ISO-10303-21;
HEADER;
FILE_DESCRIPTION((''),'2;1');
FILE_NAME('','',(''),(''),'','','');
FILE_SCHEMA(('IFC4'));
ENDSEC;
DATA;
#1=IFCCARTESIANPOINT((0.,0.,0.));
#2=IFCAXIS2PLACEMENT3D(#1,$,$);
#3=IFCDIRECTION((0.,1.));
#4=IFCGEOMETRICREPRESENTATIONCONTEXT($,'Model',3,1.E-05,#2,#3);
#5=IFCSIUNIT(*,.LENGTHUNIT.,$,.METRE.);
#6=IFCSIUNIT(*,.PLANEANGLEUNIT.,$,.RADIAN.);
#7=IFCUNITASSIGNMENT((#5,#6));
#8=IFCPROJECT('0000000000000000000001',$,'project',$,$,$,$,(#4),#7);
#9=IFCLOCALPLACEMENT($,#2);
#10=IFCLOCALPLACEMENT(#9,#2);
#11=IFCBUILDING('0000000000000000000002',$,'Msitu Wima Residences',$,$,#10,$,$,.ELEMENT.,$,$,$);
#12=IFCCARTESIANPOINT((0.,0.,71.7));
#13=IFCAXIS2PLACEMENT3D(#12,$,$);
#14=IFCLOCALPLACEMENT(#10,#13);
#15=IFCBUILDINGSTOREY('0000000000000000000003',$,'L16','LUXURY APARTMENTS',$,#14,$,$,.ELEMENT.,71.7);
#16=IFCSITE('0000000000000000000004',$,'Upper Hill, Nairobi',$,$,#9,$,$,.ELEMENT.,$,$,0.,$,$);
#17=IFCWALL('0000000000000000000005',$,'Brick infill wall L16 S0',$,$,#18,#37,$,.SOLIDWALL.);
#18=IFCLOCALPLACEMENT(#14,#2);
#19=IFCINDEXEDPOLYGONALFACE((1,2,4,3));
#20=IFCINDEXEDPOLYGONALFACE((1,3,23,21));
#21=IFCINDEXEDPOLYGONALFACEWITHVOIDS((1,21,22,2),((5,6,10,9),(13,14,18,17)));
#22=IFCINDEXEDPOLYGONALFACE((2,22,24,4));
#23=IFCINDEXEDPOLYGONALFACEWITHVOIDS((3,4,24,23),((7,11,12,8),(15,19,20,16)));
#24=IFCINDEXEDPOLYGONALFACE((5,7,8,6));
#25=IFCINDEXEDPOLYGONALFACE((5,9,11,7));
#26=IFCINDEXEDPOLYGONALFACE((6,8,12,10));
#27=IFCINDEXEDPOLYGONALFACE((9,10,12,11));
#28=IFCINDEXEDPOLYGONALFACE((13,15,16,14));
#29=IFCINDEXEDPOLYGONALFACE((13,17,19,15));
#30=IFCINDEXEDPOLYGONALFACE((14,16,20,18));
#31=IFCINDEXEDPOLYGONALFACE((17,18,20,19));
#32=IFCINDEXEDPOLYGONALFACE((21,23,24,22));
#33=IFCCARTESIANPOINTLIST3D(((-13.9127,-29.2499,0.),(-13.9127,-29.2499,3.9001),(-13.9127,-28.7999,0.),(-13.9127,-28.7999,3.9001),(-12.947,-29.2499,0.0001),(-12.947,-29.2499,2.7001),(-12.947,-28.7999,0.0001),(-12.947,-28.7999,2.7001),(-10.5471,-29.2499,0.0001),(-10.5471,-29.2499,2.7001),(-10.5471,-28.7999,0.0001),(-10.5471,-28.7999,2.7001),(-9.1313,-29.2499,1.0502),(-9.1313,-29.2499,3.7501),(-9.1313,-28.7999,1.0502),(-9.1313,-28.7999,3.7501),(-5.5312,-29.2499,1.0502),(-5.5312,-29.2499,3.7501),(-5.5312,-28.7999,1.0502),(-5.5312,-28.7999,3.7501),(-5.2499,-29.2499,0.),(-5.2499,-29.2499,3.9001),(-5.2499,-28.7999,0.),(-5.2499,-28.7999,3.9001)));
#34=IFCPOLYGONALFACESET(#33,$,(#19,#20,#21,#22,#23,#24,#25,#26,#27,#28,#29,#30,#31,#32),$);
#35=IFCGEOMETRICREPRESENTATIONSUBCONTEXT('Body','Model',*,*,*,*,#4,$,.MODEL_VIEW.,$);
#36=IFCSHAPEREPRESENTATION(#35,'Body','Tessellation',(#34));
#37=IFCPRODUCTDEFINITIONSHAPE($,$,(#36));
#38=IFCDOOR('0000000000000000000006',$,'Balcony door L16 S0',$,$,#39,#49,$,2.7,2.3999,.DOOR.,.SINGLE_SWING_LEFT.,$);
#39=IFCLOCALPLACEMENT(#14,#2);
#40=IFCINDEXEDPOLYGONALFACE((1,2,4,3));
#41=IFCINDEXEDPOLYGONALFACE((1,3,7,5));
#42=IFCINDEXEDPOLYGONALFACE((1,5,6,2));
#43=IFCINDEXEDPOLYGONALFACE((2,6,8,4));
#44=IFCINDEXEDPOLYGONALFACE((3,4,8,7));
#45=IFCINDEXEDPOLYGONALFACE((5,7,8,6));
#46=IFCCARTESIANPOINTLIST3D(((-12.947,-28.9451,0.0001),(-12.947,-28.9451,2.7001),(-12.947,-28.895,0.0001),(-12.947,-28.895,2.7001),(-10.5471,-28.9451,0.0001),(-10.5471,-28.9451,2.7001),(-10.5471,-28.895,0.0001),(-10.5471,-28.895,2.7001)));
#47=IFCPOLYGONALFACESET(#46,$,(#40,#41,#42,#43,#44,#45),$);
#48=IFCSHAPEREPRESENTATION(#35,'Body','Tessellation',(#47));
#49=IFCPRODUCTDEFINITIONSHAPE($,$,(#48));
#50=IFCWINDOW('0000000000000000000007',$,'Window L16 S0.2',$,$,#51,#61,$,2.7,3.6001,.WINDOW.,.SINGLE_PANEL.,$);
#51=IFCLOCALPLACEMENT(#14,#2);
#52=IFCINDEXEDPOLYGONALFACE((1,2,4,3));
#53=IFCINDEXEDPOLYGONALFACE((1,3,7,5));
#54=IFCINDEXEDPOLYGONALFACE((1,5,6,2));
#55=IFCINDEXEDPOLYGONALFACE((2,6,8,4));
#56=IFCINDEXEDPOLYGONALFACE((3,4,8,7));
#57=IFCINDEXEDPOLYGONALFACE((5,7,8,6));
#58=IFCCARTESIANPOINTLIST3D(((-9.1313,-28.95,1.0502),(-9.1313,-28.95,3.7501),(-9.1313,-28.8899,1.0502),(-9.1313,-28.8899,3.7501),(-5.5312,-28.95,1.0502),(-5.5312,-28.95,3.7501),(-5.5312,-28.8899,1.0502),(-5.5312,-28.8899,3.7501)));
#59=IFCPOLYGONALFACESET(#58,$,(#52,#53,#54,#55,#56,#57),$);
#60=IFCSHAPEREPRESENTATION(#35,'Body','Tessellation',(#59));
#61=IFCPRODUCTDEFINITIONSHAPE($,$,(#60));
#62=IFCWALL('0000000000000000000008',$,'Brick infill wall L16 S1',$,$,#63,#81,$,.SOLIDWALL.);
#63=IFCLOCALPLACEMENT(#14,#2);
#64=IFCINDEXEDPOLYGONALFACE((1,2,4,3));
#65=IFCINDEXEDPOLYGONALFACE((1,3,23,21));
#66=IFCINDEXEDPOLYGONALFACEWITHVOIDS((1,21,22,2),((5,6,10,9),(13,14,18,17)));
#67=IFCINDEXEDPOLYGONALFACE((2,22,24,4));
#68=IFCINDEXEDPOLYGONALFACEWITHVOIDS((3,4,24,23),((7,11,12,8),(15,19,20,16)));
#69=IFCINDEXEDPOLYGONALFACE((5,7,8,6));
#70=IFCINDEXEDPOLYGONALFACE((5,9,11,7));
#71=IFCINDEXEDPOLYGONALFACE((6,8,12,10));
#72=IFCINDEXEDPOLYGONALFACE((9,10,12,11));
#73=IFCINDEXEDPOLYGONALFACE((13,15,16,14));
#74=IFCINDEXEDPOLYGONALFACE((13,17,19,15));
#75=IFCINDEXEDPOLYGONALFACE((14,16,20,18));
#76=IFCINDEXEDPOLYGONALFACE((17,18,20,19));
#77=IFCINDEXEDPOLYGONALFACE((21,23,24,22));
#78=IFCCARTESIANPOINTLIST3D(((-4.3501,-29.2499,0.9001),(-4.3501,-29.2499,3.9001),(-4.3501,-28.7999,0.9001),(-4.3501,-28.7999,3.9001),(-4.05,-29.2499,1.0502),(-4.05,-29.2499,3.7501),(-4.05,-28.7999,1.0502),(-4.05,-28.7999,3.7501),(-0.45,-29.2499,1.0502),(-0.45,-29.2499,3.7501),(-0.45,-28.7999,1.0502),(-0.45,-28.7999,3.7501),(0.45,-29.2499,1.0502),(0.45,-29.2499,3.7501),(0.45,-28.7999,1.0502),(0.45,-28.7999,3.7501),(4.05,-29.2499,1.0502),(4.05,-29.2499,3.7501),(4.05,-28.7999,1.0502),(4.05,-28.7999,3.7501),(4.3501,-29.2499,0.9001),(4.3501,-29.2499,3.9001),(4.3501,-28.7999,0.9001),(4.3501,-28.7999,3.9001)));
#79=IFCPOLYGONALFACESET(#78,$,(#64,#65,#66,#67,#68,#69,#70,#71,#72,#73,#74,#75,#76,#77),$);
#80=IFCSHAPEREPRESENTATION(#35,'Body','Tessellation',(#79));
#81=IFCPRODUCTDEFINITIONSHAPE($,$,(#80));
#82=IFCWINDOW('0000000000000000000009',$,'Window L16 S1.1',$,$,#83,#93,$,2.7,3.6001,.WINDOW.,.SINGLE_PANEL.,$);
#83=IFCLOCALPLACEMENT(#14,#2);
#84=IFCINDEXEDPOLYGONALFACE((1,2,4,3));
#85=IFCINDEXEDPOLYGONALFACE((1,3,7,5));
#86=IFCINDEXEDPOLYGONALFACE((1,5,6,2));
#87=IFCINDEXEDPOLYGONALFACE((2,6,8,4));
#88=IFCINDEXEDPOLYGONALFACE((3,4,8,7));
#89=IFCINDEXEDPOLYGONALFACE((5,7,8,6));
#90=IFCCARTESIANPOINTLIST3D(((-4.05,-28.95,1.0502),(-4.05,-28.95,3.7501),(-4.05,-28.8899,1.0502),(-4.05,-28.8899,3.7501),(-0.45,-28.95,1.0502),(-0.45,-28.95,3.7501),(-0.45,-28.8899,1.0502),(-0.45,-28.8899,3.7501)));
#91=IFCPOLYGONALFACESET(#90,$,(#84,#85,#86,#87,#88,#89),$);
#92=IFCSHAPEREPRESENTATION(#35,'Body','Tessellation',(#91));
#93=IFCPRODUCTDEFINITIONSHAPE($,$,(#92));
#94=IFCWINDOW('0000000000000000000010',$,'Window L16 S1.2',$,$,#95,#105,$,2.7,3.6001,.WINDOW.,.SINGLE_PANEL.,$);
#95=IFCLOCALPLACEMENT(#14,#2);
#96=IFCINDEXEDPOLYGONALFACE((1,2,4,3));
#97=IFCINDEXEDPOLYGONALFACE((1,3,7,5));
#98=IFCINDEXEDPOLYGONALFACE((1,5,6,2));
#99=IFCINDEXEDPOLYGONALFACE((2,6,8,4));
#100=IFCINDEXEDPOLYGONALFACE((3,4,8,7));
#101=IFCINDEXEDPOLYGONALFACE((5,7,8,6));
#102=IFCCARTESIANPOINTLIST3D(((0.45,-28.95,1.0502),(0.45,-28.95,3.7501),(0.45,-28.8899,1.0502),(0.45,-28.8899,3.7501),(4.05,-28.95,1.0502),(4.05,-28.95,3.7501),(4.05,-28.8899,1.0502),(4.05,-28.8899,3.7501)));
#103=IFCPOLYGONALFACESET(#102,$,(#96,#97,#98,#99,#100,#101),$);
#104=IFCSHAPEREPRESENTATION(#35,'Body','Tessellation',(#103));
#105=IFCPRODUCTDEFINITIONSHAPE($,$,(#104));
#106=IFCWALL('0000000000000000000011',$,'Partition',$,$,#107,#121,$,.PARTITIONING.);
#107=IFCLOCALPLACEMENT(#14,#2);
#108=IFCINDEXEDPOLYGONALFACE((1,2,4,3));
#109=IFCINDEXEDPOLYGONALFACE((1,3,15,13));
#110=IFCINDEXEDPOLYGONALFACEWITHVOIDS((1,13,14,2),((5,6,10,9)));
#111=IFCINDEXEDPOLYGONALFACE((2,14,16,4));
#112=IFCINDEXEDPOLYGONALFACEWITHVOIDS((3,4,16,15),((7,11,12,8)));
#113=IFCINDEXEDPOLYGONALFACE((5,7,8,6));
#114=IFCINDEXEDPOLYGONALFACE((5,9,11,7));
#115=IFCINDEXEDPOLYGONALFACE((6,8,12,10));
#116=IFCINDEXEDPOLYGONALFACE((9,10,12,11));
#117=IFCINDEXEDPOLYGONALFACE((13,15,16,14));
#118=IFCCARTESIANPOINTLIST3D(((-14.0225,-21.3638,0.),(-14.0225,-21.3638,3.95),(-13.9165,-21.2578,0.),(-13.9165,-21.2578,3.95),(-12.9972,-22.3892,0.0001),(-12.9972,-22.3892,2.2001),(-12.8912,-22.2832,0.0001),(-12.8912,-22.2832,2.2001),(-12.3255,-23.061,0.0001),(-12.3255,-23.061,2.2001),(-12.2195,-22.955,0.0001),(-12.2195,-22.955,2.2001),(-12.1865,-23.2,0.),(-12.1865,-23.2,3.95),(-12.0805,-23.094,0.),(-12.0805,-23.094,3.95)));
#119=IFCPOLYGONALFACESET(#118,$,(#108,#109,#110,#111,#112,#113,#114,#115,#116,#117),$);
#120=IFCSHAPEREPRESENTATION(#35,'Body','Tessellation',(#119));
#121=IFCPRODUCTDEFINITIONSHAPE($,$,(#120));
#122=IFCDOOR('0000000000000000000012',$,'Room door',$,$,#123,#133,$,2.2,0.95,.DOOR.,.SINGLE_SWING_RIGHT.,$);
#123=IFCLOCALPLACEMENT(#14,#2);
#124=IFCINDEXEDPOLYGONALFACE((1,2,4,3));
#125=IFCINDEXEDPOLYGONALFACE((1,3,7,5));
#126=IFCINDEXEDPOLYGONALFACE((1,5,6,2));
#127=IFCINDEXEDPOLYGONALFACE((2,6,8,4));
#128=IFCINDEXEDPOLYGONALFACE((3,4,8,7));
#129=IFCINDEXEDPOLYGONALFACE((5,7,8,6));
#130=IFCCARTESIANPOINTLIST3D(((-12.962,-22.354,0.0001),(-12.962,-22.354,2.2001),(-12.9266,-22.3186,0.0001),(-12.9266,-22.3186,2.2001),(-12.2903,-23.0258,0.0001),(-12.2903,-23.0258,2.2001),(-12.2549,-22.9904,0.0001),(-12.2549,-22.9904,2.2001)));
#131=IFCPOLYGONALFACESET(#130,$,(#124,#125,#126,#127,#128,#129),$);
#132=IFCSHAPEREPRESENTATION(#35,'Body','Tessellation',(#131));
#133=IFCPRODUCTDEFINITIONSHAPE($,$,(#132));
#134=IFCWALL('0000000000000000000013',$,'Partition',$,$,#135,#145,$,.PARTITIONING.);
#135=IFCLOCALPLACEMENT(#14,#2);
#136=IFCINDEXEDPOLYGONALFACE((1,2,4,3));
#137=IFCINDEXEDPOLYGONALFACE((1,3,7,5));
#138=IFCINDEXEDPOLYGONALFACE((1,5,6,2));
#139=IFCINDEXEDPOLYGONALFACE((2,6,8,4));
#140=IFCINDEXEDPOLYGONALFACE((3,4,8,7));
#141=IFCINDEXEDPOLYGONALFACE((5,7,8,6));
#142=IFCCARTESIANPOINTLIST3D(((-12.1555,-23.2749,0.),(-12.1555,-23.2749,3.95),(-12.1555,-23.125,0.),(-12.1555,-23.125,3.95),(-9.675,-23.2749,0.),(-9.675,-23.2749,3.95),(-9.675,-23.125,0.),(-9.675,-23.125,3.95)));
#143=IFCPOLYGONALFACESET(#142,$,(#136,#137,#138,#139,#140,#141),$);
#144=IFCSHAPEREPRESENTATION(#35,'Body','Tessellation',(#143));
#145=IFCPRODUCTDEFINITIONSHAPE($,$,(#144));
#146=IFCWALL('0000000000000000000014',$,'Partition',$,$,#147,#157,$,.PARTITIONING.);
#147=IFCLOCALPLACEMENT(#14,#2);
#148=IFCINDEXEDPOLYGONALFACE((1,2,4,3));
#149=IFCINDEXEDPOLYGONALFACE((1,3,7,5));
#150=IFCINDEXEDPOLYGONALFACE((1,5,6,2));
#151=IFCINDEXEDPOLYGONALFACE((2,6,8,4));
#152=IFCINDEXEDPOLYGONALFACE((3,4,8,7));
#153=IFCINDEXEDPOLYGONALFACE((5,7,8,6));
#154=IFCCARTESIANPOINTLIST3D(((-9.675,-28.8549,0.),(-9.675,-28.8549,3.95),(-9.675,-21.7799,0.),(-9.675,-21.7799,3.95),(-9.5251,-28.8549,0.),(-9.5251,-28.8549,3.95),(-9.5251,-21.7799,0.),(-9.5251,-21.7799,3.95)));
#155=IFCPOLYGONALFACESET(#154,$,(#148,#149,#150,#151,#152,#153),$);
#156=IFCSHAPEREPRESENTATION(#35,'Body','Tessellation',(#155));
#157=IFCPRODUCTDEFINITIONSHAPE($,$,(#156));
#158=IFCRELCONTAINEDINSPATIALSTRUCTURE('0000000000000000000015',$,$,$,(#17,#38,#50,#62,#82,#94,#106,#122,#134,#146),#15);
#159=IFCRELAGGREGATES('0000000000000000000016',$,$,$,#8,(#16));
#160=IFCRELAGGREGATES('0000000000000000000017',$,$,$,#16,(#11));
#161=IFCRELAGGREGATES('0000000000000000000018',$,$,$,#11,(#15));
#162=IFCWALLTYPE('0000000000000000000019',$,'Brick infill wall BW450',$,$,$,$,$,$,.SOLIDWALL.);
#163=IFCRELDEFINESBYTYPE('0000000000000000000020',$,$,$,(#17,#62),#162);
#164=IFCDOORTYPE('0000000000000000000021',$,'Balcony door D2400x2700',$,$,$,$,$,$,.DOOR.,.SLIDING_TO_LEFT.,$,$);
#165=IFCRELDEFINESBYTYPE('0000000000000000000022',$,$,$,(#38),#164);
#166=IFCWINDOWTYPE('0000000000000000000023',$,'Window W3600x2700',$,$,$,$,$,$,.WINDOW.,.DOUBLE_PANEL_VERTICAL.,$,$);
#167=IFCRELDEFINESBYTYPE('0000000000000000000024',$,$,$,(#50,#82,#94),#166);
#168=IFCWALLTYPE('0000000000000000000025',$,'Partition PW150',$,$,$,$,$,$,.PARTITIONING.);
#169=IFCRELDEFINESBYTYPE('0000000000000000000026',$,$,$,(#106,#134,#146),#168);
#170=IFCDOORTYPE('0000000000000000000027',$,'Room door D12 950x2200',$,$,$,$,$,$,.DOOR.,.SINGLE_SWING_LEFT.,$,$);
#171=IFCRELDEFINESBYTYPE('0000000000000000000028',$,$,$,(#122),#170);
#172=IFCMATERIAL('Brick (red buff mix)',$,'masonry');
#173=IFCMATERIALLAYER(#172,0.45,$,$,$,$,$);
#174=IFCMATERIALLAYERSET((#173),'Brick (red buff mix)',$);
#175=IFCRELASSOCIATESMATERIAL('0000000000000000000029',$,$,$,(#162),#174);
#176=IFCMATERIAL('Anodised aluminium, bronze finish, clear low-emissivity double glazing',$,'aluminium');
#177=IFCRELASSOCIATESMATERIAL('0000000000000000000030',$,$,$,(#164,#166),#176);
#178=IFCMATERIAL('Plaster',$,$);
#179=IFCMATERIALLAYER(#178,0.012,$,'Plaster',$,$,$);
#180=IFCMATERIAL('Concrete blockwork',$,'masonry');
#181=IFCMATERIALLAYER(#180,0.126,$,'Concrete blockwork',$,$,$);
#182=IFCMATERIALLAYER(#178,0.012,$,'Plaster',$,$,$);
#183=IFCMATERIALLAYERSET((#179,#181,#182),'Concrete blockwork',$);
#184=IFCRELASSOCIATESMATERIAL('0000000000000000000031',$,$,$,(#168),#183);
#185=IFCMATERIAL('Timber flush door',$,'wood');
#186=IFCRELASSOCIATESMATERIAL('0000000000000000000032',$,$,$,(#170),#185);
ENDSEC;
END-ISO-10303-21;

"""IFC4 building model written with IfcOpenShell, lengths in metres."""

from ifc_helpers import new_model, si_unit, direction, frame, frame_2d, origin, place, context, subcontext, project, spatial, rectangle, extrude, material, layer, layer_set, type_object, element, fill, save


model = new_model("IFC4")

# Units and contexts
model_context = context("Model", 3, precision=1e-05, world=origin(), true_north=direction((0.0, 1.0)))
body_context = subcontext(model_context, "Body", "Model", "MODEL_VIEW")
ifc_project = project(units=[si_unit("LENGTHUNIT", "METRE"), si_unit("PLANEANGLEUNIT", "RADIAN")], contexts=[model_context])

# Site, building, storey
site_placement = place(None, origin())
site = spatial("IfcSite", under=ifc_project, at=site_placement, Name="Upper Hill, Nairobi", CompositionType="ELEMENT", RefElevation=0.0)
building_placement = place(site_placement, origin())
building = spatial("IfcBuilding", under=site, at=building_placement, Name="Msitu Wima Residences", CompositionType="ELEMENT")
storey_placement = place(building_placement, frame((0.0, 0.0, 71.7)))
storey = spatial("IfcBuildingStorey", under=building, at=storey_placement, Name="L16", Description="LUXURY APARTMENTS", CompositionType="ELEMENT", Elevation=71.7)

# Wall, openings, door, window
ifc_material_1 = material(Name="Brick (red buff mix)", Category="masonry")
ifc_layer_1 = layer(ifc_material_1, 0.45)
ifc_layer_set_1 = layer_set([ifc_layer_1], Name="Brick (red buff mix)")
wall_type_1 = type_object("IfcWallType", Name="Brick infill wall BW450", PredefinedType="SOLIDWALL", material=ifc_layer_set_1)
wall_1_placement = place(storey_placement, frame((-13.9128, -29.0249, 0.0), z_axis=(0.0, 0.0, 1.0), x_axis=(1.0, 0.0, 0.0)))
wall_1 = element("IfcWall", 1, at=wall_1_placement, inside=storey, type_object=wall_type_1, Name="Brick infill wall L16 S0", PredefinedType="SOLIDWALL", context=body_context, shape_type="SweptSolid", body=[
    extrude(rectangle(XDim=8.6628, YDim=0.45, at=frame_2d((4.3315, 0.0))), origin(), (0.0, 0.0, 1.0), 3.9001),
])
opening_1_placement = place(wall_1_placement, frame((0.9658, 0.0, 0.0)))
opening_1 = element("IfcOpeningElement", 2, at=opening_1_placement, cuts=wall_1, PredefinedType="OPENING", context=body_context, shape_type="SweptSolid", body=[
    extrude(rectangle(XDim=2.3999, YDim=2.7, at=frame_2d((1.2, 1.3501))), frame((0.0, 0.2349, 0.0), z_axis=(0.0, -1.0, 0.0), x_axis=(1.0, 0.0, 0.0)), (0.0, 0.0, 1.0), 0.47),
])
opening_2_placement = place(wall_1_placement, frame((4.7815, 0.0, 1.05)))
opening_2 = element("IfcOpeningElement", 3, at=opening_2_placement, cuts=wall_1, PredefinedType="OPENING", context=body_context, shape_type="SweptSolid", body=[
    extrude(rectangle(XDim=3.6001, YDim=2.7, at=frame_2d((1.8, 1.3501))), frame((0.0, 0.2349, 0.0), z_axis=(0.0, -1.0, 0.0), x_axis=(1.0, 0.0, 0.0)), (0.0, 0.0, 1.0), 0.47),
])
ifc_material_2 = material(Name="Anodised aluminium, bronze finish, clear low-emissivity double glazing", Category="aluminium")
door_type_1 = type_object("IfcDoorType", Name="Balcony door D2400x2700", OperationType="SLIDING_TO_LEFT", PredefinedType="DOOR", material=ifc_material_2)
door_1_placement = place(opening_1_placement, origin())
door_1 = element("IfcDoor", 4, at=door_1_placement, inside=storey, type_object=door_type_1, Name="Balcony door L16 S0", OperationType="SINGLE_SWING_LEFT", OverallHeight=2.7, OverallWidth=2.3999, PredefinedType="DOOR", context=body_context, shape_type="SweptSolid", body=[
    extrude(rectangle(XDim=2.3999, YDim=2.7, at=frame_2d((1.2, 1.3501))), frame((0.0, 0.1299, 0.0), z_axis=(0.0, -1.0, 0.0), x_axis=(1.0, 0.0, 0.0)), (0.0, 0.0, 1.0), 0.05),
])
fill(opening_1, door_1)
window_type = type_object("IfcWindowType", Name="Window W3600x2700", PartitioningType="DOUBLE_PANEL_VERTICAL", PredefinedType="WINDOW", material=ifc_material_2)
window_1_placement = place(opening_2_placement, origin())
window_1 = element("IfcWindow", 5, at=window_1_placement, inside=storey, type_object=window_type, Name="Window L16 S0.2", OverallHeight=2.7, OverallWidth=3.6001, PartitioningType="SINGLE_PANEL", PredefinedType="WINDOW", context=body_context, shape_type="SweptSolid", body=[
    extrude(rectangle(XDim=3.6001, YDim=2.7, at=frame_2d((1.8, 1.3501))), frame((0.0, 0.135, 0.0), z_axis=(0.0, -1.0, 0.0), x_axis=(1.0, 0.0, 0.0)), (0.0, 0.0, 1.0), 0.0601),
])
fill(opening_2, window_1)

# Wall, openings, windows
wall_2_placement = place(storey_placement, frame((-4.3501, -29.0249, 0.9001), z_axis=(0.0, 0.0, 1.0), x_axis=(1.0, 0.0, 0.0)))
wall_2 = element("IfcWall", 6, at=wall_2_placement, inside=storey, type_object=wall_type_1, Name="Brick infill wall L16 S1", PredefinedType="SOLIDWALL", context=body_context, shape_type="SweptSolid", body=[
    extrude(rectangle(XDim=8.7002, YDim=0.45, at=frame_2d((4.3501, 0.0))), origin(), (0.0, 0.0, 1.0), 3.0),
])
opening_3_placement = place(wall_2_placement, frame((0.3, 0.0, 0.1499)))
opening_3 = element("IfcOpeningElement", 7, at=opening_3_placement, cuts=wall_2, PredefinedType="OPENING", context=body_context, shape_type="SweptSolid", body=[
    extrude(rectangle(XDim=3.6001, YDim=2.7, at=frame_2d((1.8, 1.3501))), frame((0.0, 0.2349, 0.0), z_axis=(0.0, -1.0, 0.0), x_axis=(1.0, 0.0, 0.0)), (0.0, 0.0, 1.0), 0.47),
])
opening_4_placement = place(wall_2_placement, frame((4.8, 0.0, 0.1499)))
opening_4 = element("IfcOpeningElement", 8, at=opening_4_placement, cuts=wall_2, PredefinedType="OPENING", context=body_context, shape_type="SweptSolid", body=[
    extrude(rectangle(XDim=3.6001, YDim=2.7, at=frame_2d((1.8, 1.3501))), frame((0.0, 0.2349, 0.0), z_axis=(0.0, -1.0, 0.0), x_axis=(1.0, 0.0, 0.0)), (0.0, 0.0, 1.0), 0.47),
])
window_2_placement = place(opening_3_placement, origin())
window_2 = element("IfcWindow", 9, at=window_2_placement, inside=storey, type_object=window_type, Name="Window L16 S1.1", OverallHeight=2.7, OverallWidth=3.6001, PartitioningType="SINGLE_PANEL", PredefinedType="WINDOW", context=body_context, shape_type="SweptSolid", body=[
    extrude(rectangle(XDim=3.6001, YDim=2.7, at=frame_2d((1.8, 1.3501))), frame((0.0, 0.135, 0.0), z_axis=(0.0, -1.0, 0.0), x_axis=(1.0, 0.0, 0.0)), (0.0, 0.0, 1.0), 0.0601),
])
fill(opening_3, window_2)
window_3_placement = place(opening_4_placement, origin())
window_3 = element("IfcWindow", 10, at=window_3_placement, inside=storey, type_object=window_type, Name="Window L16 S1.2", OverallHeight=2.7, OverallWidth=3.6001, PartitioningType="SINGLE_PANEL", PredefinedType="WINDOW", context=body_context, shape_type="SweptSolid", body=[
    extrude(rectangle(XDim=3.6001, YDim=2.7, at=frame_2d((1.8, 1.3501))), frame((0.0, 0.135, 0.0), z_axis=(0.0, -1.0, 0.0), x_axis=(1.0, 0.0, 0.0)), (0.0, 0.0, 1.0), 0.0601),
])
fill(opening_4, window_3)

# Wall, opening, door
ifc_material_3 = material(Name="Plaster")
ifc_layer_2 = layer(ifc_material_3, 0.012, Name="Plaster")
ifc_material_4 = material(Name="Concrete blockwork", Category="masonry")
ifc_layer_3 = layer(ifc_material_4, 0.126, Name="Concrete blockwork")
ifc_layer_4 = layer(ifc_material_3, 0.012, Name="Plaster")
ifc_layer_set_2 = layer_set([ifc_layer_2, ifc_layer_3, ifc_layer_4], Name="Concrete blockwork")
wall_type_2 = type_object("IfcWallType", Name="Partition PW150", PredefinedType="PARTITIONING", material=ifc_layer_set_2)
wall_3_placement = place(storey_placement, frame((-13.9695, -21.3108, 0.0), z_axis=(0.0, 0.0, 1.0), x_axis=(0.70706, -0.707154, 0.0)))
wall_3 = element("IfcWall", 11, at=wall_3_placement, inside=storey, type_object=wall_type_2, Name="Partition", PredefinedType="PARTITIONING", context=body_context, shape_type="SweptSolid", body=[
    extrude(rectangle(XDim=2.5967, YDim=0.1499, at=frame_2d((1.2983, 0.0))), origin(), (0.0, 0.0, 1.0), 3.95),
])
opening_5_placement = place(wall_3_placement, frame((1.45, 0.0, 0.0)))
opening_5 = element("IfcOpeningElement", 12, at=opening_5_placement, cuts=wall_3, PredefinedType="OPENING", context=body_context, shape_type="SweptSolid", body=[
    extrude(rectangle(XDim=0.95, YDim=2.2, at=frame_2d((0.4751, 1.1001))), frame((0.0, 0.085, 0.0), z_axis=(0.0, -1.0, 0.0), x_axis=(1.0, 0.0, 0.0)), (0.0, 0.0, 1.0), 0.1699),
])
ifc_material_5 = material(Name="Timber flush door", Category="wood")
door_type_2 = type_object("IfcDoorType", Name="Room door D12 950x2200", OperationType="SINGLE_SWING_LEFT", PredefinedType="DOOR", material=ifc_material_5)
door_2_placement = place(opening_5_placement, origin())
door_2 = element("IfcDoor", 13, at=door_2_placement, inside=storey, type_object=door_type_2, Name="Room door", OperationType="SINGLE_SWING_RIGHT", OverallHeight=2.2, OverallWidth=0.95, PredefinedType="DOOR", context=body_context, shape_type="SweptSolid", body=[
    extrude(rectangle(XDim=0.95, YDim=2.2, at=frame_2d((0.4751, 1.1001))), frame((0.0, 0.0249, 0.0), z_axis=(0.0, -1.0, 0.0), x_axis=(1.0, 0.0, 0.0)), (0.0, 0.0, 1.0), 0.05),
])
fill(opening_5, door_2)

# Walls
wall_4_placement = place(storey_placement, frame((-12.1555, -23.2, 0.0), z_axis=(0.0, 0.0, 1.0), x_axis=(1.0, 0.0, 0.0)))
element("IfcWall", 14, at=wall_4_placement, inside=storey, type_object=wall_type_2, Name="Partition", PredefinedType="PARTITIONING", context=body_context, shape_type="SweptSolid", body=[
    extrude(rectangle(XDim=2.4805, YDim=0.1499, at=frame_2d((1.2402, 0.0))), origin(), (0.0, 0.0, 1.0), 3.95),
])
wall_5_placement = place(storey_placement, frame((-9.6001, -28.855, 0.0), z_axis=(0.0, 0.0, 1.0), x_axis=(0.0, 1.0, 0.0)))
element("IfcWall", 15, at=wall_5_placement, inside=storey, type_object=wall_type_2, Name="Partition", PredefinedType="PARTITIONING", context=body_context, shape_type="SweptSolid", body=[
    extrude(rectangle(XDim=7.075, YDim=0.1499, at=frame_2d((3.5376, 0.0))), origin(), (0.0, 0.0, 1.0), 3.95),
])

save(model, "model.ifc")
